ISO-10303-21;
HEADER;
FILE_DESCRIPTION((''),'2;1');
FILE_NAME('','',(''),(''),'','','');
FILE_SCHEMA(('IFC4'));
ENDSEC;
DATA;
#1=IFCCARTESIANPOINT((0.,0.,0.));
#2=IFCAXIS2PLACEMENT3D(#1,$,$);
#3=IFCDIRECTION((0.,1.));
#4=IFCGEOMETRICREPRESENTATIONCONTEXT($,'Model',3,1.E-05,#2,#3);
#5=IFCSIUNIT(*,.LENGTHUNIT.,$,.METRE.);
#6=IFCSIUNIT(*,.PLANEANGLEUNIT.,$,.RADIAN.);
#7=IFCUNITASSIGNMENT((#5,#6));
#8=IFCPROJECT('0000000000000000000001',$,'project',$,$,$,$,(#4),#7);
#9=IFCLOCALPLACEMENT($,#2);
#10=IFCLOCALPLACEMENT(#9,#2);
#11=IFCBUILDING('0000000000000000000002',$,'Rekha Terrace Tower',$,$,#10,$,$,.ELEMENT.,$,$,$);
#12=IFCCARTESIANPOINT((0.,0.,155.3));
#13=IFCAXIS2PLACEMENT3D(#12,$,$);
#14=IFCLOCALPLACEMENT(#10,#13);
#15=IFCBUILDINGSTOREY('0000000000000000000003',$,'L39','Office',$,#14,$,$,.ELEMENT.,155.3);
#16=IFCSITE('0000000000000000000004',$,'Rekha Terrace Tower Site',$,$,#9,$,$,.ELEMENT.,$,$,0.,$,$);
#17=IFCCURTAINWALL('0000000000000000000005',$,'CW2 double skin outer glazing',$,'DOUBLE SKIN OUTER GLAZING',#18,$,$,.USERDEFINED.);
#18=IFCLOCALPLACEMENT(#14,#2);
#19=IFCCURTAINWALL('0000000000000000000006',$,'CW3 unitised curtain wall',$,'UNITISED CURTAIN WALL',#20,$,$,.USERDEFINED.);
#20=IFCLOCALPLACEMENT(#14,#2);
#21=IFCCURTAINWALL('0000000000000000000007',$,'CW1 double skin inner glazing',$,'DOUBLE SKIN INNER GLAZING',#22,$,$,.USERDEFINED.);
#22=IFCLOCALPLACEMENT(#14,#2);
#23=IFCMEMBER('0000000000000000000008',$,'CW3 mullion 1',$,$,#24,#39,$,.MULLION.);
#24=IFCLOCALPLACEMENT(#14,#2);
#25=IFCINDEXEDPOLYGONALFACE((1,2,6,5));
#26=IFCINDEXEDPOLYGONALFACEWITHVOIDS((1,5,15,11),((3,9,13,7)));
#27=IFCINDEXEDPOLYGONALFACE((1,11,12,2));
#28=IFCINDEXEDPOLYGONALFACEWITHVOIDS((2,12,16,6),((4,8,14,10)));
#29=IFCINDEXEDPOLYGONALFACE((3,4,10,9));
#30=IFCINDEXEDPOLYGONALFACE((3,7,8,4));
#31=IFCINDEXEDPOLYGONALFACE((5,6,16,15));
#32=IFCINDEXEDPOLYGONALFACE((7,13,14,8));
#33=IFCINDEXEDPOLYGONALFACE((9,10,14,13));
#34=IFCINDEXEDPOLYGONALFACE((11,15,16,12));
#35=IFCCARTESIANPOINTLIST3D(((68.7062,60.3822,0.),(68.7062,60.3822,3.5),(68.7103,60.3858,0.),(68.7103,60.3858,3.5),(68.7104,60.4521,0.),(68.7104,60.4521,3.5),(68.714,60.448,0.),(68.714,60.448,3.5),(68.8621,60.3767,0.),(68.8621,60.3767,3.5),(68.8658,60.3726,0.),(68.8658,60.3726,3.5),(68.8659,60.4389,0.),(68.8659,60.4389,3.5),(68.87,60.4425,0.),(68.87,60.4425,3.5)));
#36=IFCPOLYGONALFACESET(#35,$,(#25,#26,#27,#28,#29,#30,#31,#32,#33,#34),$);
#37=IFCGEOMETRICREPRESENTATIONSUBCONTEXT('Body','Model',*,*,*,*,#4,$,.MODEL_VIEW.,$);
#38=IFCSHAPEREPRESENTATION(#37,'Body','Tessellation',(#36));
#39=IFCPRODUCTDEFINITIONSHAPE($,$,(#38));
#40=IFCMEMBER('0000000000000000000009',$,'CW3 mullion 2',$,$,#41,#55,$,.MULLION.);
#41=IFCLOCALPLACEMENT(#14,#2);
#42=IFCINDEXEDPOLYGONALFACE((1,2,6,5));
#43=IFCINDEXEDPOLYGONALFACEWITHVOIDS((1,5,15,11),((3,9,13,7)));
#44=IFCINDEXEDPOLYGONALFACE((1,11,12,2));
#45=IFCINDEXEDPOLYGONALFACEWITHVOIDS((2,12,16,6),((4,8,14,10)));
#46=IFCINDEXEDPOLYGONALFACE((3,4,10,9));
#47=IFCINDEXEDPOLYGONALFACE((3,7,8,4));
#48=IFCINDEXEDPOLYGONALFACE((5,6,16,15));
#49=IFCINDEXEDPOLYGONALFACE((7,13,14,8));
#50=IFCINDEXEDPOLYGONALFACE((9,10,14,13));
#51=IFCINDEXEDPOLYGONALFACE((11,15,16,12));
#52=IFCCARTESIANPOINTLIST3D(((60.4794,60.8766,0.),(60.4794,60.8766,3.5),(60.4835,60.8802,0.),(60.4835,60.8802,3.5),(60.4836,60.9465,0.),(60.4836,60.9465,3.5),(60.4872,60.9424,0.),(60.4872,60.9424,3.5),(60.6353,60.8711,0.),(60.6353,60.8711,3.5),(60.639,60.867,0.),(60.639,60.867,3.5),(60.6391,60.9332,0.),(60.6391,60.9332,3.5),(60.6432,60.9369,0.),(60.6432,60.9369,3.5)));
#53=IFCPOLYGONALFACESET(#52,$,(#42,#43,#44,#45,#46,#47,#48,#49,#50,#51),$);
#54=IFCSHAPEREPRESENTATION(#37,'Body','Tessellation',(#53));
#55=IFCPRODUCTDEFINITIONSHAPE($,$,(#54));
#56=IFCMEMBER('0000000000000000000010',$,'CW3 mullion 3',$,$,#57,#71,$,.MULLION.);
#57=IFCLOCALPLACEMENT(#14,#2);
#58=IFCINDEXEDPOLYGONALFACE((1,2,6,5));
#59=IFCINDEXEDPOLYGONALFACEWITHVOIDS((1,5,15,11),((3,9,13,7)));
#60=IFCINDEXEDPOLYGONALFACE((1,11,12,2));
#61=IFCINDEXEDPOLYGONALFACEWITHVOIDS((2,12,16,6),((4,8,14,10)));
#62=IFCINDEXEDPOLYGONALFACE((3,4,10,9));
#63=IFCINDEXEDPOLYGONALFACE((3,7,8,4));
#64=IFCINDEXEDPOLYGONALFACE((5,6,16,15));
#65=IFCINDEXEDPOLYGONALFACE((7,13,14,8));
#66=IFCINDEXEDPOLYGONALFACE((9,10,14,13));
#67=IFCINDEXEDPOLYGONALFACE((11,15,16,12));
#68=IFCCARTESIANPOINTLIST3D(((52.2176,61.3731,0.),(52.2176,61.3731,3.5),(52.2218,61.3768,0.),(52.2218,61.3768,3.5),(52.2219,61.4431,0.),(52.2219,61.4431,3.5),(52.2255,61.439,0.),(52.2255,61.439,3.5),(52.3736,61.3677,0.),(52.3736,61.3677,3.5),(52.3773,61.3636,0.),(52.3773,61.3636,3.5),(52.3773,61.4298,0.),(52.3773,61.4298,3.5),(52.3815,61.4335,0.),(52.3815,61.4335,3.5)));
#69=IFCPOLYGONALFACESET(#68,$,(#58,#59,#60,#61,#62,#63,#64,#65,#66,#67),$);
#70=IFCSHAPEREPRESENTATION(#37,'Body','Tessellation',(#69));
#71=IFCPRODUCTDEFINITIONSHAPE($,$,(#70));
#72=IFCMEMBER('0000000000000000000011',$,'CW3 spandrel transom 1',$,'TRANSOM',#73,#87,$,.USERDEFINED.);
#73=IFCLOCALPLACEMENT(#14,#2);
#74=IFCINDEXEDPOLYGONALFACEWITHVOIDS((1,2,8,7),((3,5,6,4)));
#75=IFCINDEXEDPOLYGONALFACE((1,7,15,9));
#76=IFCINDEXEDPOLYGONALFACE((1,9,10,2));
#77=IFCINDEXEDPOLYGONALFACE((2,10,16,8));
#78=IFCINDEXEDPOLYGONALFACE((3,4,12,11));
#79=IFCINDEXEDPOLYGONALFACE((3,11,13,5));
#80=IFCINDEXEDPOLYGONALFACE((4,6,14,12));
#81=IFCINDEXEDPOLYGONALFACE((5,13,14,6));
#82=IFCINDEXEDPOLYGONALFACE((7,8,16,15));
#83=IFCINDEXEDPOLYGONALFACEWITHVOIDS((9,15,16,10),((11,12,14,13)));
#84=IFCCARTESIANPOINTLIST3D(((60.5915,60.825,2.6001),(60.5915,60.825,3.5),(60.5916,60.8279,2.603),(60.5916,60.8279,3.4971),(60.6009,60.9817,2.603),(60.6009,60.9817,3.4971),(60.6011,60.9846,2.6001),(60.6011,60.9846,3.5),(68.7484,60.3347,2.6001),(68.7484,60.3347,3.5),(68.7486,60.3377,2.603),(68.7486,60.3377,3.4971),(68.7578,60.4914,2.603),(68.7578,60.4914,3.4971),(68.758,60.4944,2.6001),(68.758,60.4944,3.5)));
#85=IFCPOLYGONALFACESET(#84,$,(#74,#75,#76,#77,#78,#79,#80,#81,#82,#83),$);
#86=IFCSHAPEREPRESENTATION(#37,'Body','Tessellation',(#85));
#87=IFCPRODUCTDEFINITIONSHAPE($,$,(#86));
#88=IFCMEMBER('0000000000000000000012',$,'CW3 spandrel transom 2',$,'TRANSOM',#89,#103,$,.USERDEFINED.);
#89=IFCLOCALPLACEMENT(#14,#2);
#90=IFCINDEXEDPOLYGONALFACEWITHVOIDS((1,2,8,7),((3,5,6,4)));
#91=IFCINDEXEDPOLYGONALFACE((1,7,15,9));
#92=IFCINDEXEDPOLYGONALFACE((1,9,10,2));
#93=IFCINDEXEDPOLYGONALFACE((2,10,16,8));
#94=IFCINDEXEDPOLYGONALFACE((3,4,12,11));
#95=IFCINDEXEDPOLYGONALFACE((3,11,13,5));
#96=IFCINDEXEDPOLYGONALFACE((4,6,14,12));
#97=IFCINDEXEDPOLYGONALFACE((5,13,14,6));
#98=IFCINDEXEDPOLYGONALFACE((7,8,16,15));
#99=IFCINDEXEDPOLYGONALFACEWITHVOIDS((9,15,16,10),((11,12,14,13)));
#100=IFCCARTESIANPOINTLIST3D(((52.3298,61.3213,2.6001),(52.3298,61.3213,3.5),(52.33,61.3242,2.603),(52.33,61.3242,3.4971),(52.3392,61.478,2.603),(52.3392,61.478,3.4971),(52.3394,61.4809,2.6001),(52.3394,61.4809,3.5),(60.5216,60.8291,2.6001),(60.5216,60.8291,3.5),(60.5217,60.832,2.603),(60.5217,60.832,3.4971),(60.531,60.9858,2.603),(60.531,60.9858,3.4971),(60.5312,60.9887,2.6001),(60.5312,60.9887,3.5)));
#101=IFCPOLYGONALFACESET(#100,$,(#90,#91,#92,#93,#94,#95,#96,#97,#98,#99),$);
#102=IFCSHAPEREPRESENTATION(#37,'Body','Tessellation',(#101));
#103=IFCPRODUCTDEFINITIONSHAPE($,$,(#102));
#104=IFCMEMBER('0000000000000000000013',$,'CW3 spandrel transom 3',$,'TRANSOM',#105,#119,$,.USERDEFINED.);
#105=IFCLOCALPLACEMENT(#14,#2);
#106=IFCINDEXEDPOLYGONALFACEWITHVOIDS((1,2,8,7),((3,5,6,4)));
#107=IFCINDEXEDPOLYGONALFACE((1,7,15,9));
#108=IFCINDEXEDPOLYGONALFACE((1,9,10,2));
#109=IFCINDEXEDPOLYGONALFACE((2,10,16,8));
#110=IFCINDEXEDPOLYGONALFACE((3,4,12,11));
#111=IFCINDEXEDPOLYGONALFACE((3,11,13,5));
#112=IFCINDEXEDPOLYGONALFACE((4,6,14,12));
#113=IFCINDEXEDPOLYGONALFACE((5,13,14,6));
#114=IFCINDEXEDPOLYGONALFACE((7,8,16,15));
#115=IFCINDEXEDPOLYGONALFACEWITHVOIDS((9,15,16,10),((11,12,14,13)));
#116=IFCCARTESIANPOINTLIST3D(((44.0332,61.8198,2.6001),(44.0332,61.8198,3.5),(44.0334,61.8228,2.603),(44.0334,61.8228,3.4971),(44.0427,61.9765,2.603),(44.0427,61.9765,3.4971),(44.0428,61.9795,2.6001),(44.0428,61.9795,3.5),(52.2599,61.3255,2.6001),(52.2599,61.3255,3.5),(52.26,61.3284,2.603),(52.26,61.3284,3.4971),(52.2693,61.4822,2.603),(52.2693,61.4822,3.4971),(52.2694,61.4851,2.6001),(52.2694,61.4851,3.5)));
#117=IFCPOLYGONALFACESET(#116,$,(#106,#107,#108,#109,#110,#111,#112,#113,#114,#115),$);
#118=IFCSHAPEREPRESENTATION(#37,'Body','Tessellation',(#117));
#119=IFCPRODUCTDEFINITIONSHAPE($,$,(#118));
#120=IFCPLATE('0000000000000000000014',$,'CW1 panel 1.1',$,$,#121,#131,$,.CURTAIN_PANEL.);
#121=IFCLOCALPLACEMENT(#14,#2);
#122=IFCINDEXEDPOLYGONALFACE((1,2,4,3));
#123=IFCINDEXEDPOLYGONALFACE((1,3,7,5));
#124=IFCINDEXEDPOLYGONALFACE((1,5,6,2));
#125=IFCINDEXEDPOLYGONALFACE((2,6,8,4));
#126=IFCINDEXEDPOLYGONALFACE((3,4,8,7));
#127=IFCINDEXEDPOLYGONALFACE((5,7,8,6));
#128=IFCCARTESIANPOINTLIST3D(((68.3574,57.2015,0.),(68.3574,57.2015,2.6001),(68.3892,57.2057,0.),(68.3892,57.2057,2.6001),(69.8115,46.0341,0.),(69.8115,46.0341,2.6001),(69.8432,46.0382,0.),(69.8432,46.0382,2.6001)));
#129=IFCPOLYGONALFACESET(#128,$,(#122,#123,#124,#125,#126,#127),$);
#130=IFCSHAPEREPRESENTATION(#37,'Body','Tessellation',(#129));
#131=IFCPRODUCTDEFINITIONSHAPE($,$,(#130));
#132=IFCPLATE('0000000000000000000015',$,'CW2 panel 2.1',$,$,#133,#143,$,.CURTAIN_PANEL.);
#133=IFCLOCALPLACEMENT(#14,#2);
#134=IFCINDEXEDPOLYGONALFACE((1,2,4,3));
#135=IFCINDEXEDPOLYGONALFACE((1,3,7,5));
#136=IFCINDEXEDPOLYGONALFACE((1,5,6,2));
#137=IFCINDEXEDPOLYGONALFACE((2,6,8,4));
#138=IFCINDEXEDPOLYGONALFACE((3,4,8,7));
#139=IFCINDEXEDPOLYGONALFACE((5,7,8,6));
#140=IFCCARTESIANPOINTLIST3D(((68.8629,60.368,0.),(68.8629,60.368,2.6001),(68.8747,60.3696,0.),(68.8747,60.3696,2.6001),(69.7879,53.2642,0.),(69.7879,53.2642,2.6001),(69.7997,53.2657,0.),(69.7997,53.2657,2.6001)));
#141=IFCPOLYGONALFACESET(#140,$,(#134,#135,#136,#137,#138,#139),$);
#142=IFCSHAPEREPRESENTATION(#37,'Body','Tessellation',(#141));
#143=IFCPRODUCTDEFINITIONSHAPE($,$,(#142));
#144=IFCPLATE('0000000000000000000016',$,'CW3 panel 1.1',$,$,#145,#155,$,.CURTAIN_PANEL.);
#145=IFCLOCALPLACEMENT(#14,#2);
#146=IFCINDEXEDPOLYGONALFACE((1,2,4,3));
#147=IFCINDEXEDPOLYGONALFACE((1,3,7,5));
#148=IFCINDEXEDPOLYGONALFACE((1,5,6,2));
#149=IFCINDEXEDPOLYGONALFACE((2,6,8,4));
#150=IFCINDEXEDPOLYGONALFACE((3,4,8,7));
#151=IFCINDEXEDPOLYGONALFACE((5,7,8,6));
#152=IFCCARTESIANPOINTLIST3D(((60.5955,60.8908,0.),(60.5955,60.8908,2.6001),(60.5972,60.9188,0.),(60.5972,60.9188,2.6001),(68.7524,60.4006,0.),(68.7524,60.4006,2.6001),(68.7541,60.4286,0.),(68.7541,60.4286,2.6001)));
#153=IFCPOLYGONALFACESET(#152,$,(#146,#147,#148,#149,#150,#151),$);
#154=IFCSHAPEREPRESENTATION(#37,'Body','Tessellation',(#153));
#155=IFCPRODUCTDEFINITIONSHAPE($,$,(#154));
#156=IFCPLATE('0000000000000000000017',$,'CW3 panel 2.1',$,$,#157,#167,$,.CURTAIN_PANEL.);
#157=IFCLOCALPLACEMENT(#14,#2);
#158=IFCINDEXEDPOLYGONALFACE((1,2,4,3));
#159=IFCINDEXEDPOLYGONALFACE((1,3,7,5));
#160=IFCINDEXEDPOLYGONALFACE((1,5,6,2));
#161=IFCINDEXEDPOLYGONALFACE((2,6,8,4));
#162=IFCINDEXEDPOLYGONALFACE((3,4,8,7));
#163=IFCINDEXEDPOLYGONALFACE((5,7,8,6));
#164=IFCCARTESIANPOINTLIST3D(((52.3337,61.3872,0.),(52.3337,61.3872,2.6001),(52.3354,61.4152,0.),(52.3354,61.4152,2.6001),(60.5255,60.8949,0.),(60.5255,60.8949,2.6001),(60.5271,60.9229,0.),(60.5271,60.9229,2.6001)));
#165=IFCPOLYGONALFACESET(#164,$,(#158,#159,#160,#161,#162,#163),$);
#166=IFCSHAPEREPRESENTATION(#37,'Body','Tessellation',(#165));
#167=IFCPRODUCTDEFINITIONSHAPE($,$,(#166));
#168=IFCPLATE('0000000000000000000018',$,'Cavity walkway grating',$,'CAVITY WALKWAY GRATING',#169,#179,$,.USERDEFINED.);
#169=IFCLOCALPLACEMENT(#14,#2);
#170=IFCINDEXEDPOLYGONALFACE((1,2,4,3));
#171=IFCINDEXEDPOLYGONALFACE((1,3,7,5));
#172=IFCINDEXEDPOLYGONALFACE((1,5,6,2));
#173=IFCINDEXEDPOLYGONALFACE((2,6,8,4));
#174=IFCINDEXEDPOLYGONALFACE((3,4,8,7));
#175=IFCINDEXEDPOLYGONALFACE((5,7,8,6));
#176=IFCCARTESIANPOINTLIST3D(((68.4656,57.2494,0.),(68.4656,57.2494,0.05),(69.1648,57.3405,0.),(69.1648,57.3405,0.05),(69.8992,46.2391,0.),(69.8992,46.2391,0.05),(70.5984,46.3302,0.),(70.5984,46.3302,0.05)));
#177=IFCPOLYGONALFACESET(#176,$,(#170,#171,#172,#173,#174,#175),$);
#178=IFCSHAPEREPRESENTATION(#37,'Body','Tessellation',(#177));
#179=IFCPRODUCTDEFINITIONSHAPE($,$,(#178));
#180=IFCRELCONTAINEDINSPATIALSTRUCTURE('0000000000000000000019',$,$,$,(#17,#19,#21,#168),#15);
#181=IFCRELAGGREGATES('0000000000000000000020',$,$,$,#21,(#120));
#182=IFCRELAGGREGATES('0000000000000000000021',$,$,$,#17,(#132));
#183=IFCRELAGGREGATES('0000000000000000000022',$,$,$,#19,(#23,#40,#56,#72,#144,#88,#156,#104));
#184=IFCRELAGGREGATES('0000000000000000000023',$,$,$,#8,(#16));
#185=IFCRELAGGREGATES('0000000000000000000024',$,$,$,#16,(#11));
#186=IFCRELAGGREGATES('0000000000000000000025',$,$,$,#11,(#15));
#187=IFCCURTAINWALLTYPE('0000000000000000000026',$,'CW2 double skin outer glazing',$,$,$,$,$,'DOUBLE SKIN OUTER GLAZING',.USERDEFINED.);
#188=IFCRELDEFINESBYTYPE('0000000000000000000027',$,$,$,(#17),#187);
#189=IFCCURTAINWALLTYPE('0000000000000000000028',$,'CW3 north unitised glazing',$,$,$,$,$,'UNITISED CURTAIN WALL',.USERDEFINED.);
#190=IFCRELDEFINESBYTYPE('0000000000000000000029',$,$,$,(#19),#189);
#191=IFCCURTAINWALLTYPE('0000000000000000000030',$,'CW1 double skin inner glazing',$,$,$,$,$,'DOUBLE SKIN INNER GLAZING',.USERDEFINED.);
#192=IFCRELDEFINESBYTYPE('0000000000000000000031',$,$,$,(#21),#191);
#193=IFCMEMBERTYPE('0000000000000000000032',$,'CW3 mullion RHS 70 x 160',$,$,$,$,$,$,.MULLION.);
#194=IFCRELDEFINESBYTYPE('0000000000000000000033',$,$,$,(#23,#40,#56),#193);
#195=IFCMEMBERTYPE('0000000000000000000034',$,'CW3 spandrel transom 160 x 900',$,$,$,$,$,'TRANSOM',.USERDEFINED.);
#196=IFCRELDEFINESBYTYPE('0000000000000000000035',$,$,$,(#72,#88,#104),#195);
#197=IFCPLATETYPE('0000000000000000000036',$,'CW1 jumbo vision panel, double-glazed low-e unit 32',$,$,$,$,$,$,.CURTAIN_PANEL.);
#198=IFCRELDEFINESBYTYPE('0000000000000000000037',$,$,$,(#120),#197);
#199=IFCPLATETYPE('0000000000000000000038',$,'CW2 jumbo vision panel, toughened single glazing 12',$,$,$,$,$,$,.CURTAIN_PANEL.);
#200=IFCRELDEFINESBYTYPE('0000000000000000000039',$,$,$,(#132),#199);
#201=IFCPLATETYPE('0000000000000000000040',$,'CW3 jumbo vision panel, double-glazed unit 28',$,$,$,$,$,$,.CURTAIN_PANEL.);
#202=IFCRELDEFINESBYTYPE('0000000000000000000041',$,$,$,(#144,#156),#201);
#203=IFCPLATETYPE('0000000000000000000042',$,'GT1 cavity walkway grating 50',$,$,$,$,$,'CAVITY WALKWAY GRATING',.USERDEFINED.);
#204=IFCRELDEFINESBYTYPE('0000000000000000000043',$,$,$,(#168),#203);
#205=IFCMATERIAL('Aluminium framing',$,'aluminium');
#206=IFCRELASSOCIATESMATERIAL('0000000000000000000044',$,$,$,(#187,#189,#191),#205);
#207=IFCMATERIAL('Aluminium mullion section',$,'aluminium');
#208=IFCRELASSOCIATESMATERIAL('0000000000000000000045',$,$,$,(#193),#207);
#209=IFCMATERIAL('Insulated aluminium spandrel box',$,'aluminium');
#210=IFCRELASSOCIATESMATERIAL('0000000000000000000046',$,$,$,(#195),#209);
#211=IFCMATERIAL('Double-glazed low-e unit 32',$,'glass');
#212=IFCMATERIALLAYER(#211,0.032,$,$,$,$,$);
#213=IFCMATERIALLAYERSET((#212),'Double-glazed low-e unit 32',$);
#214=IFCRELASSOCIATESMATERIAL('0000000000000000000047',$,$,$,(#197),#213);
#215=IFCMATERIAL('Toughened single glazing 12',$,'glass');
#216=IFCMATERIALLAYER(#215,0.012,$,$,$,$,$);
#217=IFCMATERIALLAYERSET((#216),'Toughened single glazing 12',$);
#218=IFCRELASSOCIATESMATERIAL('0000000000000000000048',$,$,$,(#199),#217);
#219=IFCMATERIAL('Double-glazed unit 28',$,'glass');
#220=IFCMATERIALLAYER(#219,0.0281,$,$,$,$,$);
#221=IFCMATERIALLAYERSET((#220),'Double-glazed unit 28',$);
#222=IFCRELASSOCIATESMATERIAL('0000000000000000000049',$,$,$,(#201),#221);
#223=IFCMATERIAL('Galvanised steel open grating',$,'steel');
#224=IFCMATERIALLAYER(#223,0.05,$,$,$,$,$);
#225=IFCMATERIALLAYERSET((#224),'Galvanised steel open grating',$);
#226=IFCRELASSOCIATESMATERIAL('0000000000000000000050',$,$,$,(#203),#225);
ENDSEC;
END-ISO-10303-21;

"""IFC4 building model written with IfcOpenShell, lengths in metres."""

from ifc_helpers import new_model, si_unit, direction, frame, origin, origin_2d, place, context, subcontext, project, spatial, rectangle, hollow_rectangle, extrude, material, layer, layer_set, material_profile, profile_set, type_object, element, aggregate, save


model = new_model("IFC4")

# Units and contexts
model_context = context("Model", 3, precision=1e-05, world=origin(), true_north=direction((0.0, 1.0)))
body_context = subcontext(model_context, "Body", "Model", "MODEL_VIEW")
ifc_project = project(units=[si_unit("LENGTHUNIT", "METRE"), si_unit("PLANEANGLEUNIT", "RADIAN")], contexts=[model_context])

# Site, building, storey
site_placement = place(None, origin())
site = spatial("IfcSite", under=ifc_project, at=site_placement, Name="Rekha Terrace Tower Site", CompositionType="ELEMENT", RefElevation=0.0)
building_placement = place(site_placement, origin())
building = spatial("IfcBuilding", under=site, at=building_placement, Name="Rekha Terrace Tower", CompositionType="ELEMENT")
storey_placement = place(building_placement, frame((0.0, 0.0, 155.3)))
storey = spatial("IfcBuildingStorey", under=building, at=storey_placement, Name="L39", Description="Office", CompositionType="ELEMENT", Elevation=155.3)

# Curtain wall
ifc_material_1 = material(Name="Aluminium framing", Category="aluminium")
curtain_wall_type_1 = type_object("IfcCurtainWallType", Name="CW2 double skin outer glazing", ElementType="DOUBLE SKIN OUTER GLAZING", PredefinedType="USERDEFINED", material=ifc_material_1)
curtain_wall_1_placement = place(storey_placement, origin())
curtain_wall_1 = element("IfcCurtainWall", 1, at=curtain_wall_1_placement, inside=storey, type_object=curtain_wall_type_1, Name="CW2 double skin outer glazing", ObjectType="DOUBLE SKIN OUTER GLAZING", PredefinedType="USERDEFINED")

# Curtain wall
curtain_wall_type_2 = type_object("IfcCurtainWallType", Name="CW3 north unitised glazing", ElementType="UNITISED CURTAIN WALL", PredefinedType="USERDEFINED", material=ifc_material_1)
curtain_wall_2_placement = place(storey_placement, origin())
curtain_wall_2 = element("IfcCurtainWall", 2, at=curtain_wall_2_placement, inside=storey, type_object=curtain_wall_type_2, Name="CW3 unitised curtain wall", ObjectType="UNITISED CURTAIN WALL", PredefinedType="USERDEFINED")

# Curtain wall
curtain_wall_type_3 = type_object("IfcCurtainWallType", Name="CW1 double skin inner glazing", ElementType="DOUBLE SKIN INNER GLAZING", PredefinedType="USERDEFINED", material=ifc_material_1)
curtain_wall_3_placement = place(storey_placement, origin())
curtain_wall_3 = element("IfcCurtainWall", 3, at=curtain_wall_3_placement, inside=storey, type_object=curtain_wall_type_3, Name="CW1 double skin inner glazing", ObjectType="DOUBLE SKIN INNER GLAZING", PredefinedType="USERDEFINED")
ifc_material_2 = material(Name="Aluminium mullion section", Category="aluminium")

# Members
ifc_material_3 = material(Name="Insulated aluminium spandrel box", Category="aluminium")
ifc_material_profile_1 = material_profile(ifc_material_2, hollow_rectangle(XDim=0.0701, YDim=0.1599, WallThickness=0.0039, at=origin_2d()), Name="AL RHS 70x160")
ifc_profile_set_1 = profile_set([ifc_material_profile_1], Name="Aluminium mullion section")
member_type_1 = type_object("IfcMemberType", Name="CW3 mullion RHS 70 x 160", PredefinedType="MULLION", material=ifc_profile_set_1)
member_1_placement = place(storey_placement, frame((68.7881, 60.4124, 0.0), z_axis=(0.0, 0.0, 1.0), x_axis=(-0.059988, -0.998199, 0.0)))
member_1 = element("IfcMember", 4, at=member_1_placement, type_object=member_type_1, Name="CW3 mullion 1", PredefinedType="MULLION", context=body_context, shape_type="SweptSolid", body=[
    extrude(hollow_rectangle(XDim=0.0701, YDim=0.1599, WallThickness=0.0039, at=origin_2d()), origin(), (0.0, 0.0, 1.0), 3.5),
])
member_2_placement = place(storey_placement, frame((60.5613, 60.9067, 0.0), z_axis=(0.0, 0.0, 1.0), x_axis=(-0.059988, -0.998199, 0.0)))
member_2 = element("IfcMember", 5, at=member_2_placement, type_object=member_type_1, Name="CW3 mullion 2", PredefinedType="MULLION", context=body_context, shape_type="SweptSolid", body=[
    extrude(hollow_rectangle(XDim=0.0701, YDim=0.1599, WallThickness=0.0039, at=origin_2d()), origin(), (0.0, 0.0, 1.0), 3.5),
])
member_3_placement = place(storey_placement, frame((52.2996, 61.4033, 0.0), z_axis=(0.0, 0.0, 1.0), x_axis=(-0.059988, -0.998199, 0.0)))
member_3 = element("IfcMember", 6, at=member_3_placement, type_object=member_type_1, Name="CW3 mullion 3", PredefinedType="MULLION", context=body_context, shape_type="SweptSolid", body=[
    extrude(hollow_rectangle(XDim=0.0701, YDim=0.1599, WallThickness=0.0039, at=origin_2d()), origin(), (0.0, 0.0, 1.0), 3.5),
])
ifc_material_profile_2 = material_profile(ifc_material_3, hollow_rectangle(XDim=0.1599, YDim=0.8999, WallThickness=0.0029, at=origin_2d()), Name="AL SPANDREL BOX 160x900")
ifc_profile_set_2 = profile_set([ifc_material_profile_2], Name="Insulated aluminium spandrel box")
member_type_2 = type_object("IfcMemberType", Name="CW3 spandrel transom 160 x 900", ElementType="TRANSOM", PredefinedType="USERDEFINED", material=ifc_profile_set_2)
member_4_placement = place(storey_placement, frame((68.7532, 60.4146, 3.05), z_axis=(-0.998199, 0.059992, 0.0), x_axis=(-0.059992, -0.998199, 0.0)))
member_4 = element("IfcMember", 7, at=member_4_placement, type_object=member_type_2, Name="CW3 spandrel transom 1", ObjectType="TRANSOM", PredefinedType="USERDEFINED", context=body_context, shape_type="SweptSolid", body=[
    extrude(hollow_rectangle(XDim=0.1599, YDim=0.8999, WallThickness=0.0029, at=origin_2d()), origin(), (0.0, 0.0, 1.0), 8.1716),
])
member_5_placement = place(storey_placement, frame((60.5264, 60.9089, 3.05), z_axis=(-0.9982, 0.059976, 0.0), x_axis=(-0.059976, -0.9982, 0.0)))
member_5 = element("IfcMember", 8, at=member_5_placement, type_object=member_type_2, Name="CW3 spandrel transom 2", ObjectType="TRANSOM", PredefinedType="USERDEFINED", context=body_context, shape_type="SweptSolid", body=[
    extrude(hollow_rectangle(XDim=0.1599, YDim=0.8999, WallThickness=0.0029, at=origin_2d()), origin(), (0.0, 0.0, 1.0), 8.2065),
])
member_6_placement = place(storey_placement, frame((52.2646, 61.4053, 3.05), z_axis=(-0.998199, 0.059988, 0.0), x_axis=(-0.059988, -0.998199, 0.0)))
member_6 = element("IfcMember", 9, at=member_6_placement, type_object=member_type_2, Name="CW3 spandrel transom 3", ObjectType="TRANSOM", PredefinedType="USERDEFINED", context=body_context, shape_type="SweptSolid", body=[
    extrude(hollow_rectangle(XDim=0.1599, YDim=0.8999, WallThickness=0.0029, at=origin_2d()), origin(), (0.0, 0.0, 1.0), 8.2415),
])

# Plates
ifc_material_4 = material(Name="Double-glazed low-e unit 32", Category="glass")
ifc_layer_1 = layer(ifc_material_4, 0.032)
ifc_layer_set_1 = layer_set([ifc_layer_1], Name="Double-glazed low-e unit 32")
plate_type_1 = type_object("IfcPlateType", Name="CW1 jumbo vision panel, double-glazed low-e unit 32", PredefinedType="CURTAIN_PANEL", material=ifc_layer_set_1)
plate_1_placement = place(storey_placement, frame((69.1003, 51.6199, 0.0), z_axis=(0.0, 0.0, 1.0), x_axis=(-0.129118, 0.991629, 0.0)))
plate_1 = element("IfcPlate", 10, at=plate_1_placement, type_object=plate_type_1, Name="CW1 panel 1.1", PredefinedType="CURTAIN_PANEL", context=body_context, shape_type="SweptSolid", body=[
    extrude(rectangle(XDim=11.2617, YDim=0.032, at=origin_2d()), origin(), (0.0, 0.0, 1.0), 2.6001),
])
aggregate(curtain_wall_3, [plate_1])
ifc_material_5 = material(Name="Toughened single glazing 12", Category="glass")
ifc_layer_2 = layer(ifc_material_5, 0.012)
ifc_layer_set_2 = layer_set([ifc_layer_2], Name="Toughened single glazing 12")
plate_type_2 = type_object("IfcPlateType", Name="CW2 jumbo vision panel, toughened single glazing 12", PredefinedType="CURTAIN_PANEL", material=ifc_layer_set_2)
plate_2_placement = place(storey_placement, frame((69.3313, 56.8169, 0.0), z_axis=(0.0, 0.0, 1.0), x_axis=(-0.129118, 0.991629, 0.0)))
plate_2 = element("IfcPlate", 11, at=plate_2_placement, type_object=plate_type_2, Name="CW2 panel 2.1", PredefinedType="CURTAIN_PANEL", context=body_context, shape_type="SweptSolid", body=[
    extrude(rectangle(XDim=7.1638, YDim=0.012, at=origin_2d()), origin(), (0.0, 0.0, 1.0), 2.6001),
])
aggregate(curtain_wall_1, [plate_2])
ifc_material_6 = material(Name="Double-glazed unit 28", Category="glass")
ifc_layer_3 = layer(ifc_material_6, 0.0281)
ifc_layer_set_3 = layer_set([ifc_layer_3], Name="Double-glazed unit 28")
plate_type_3 = type_object("IfcPlateType", Name="CW3 jumbo vision panel, double-glazed unit 28", PredefinedType="CURTAIN_PANEL", material=ifc_layer_set_3)
plate_3_placement = place(storey_placement, frame((64.6748, 60.6597, 0.0), z_axis=(0.0, 0.0, 1.0), x_axis=(-0.998199, 0.059988, 0.0)))
plate_3 = element("IfcPlate", 12, at=plate_3_placement, type_object=plate_type_3, Name="CW3 panel 1.1", PredefinedType="CURTAIN_PANEL", context=body_context, shape_type="SweptSolid", body=[
    extrude(rectangle(XDim=8.1716, YDim=0.0281, at=origin_2d()), origin(), (0.0, 0.0, 1.0), 2.6001),
])
plate_4_placement = place(storey_placement, frame((56.4304, 61.155, 0.0), z_axis=(0.0, 0.0, 1.0), x_axis=(-0.998199, 0.059988, 0.0)))
plate_4 = element("IfcPlate", 13, at=plate_4_placement, type_object=plate_type_3, Name="CW3 panel 2.1", PredefinedType="CURTAIN_PANEL", context=body_context, shape_type="SweptSolid", body=[
    extrude(rectangle(XDim=8.2065, YDim=0.0281, at=origin_2d()), origin(), (0.0, 0.0, 1.0), 2.6001),
])
aggregate(curtain_wall_2, [member_1, member_2, member_3, member_4, plate_3, member_5, plate_4, member_6])
ifc_material_7 = material(Name="Galvanised steel open grating", Category="steel")
ifc_layer_4 = layer(ifc_material_7, 0.05)
ifc_layer_set_4 = layer_set([ifc_layer_4], Name="Galvanised steel open grating")
plate_type_4 = type_object("IfcPlateType", Name="GT1 cavity walkway grating 50", ElementType="CAVITY WALKWAY GRATING", PredefinedType="USERDEFINED", material=ifc_layer_set_4)
plate_5_placement = place(storey_placement, frame((69.532, 51.7898, 0.0), z_axis=(0.0, 0.0, 1.0), x_axis=(-0.129118, 0.991629, 0.0)))
element("IfcPlate", 14, at=plate_5_placement, inside=storey, type_object=plate_type_4, Name="Cavity walkway grating", ObjectType="CAVITY WALKWAY GRATING", PredefinedType="USERDEFINED", context=body_context, shape_type="SweptSolid", body=[
    extrude(rectangle(XDim=11.1033, YDim=0.7051, at=origin_2d()), origin(), (0.0, 0.0, 1.0), 0.05),
])

save(model, "model.ifc")
